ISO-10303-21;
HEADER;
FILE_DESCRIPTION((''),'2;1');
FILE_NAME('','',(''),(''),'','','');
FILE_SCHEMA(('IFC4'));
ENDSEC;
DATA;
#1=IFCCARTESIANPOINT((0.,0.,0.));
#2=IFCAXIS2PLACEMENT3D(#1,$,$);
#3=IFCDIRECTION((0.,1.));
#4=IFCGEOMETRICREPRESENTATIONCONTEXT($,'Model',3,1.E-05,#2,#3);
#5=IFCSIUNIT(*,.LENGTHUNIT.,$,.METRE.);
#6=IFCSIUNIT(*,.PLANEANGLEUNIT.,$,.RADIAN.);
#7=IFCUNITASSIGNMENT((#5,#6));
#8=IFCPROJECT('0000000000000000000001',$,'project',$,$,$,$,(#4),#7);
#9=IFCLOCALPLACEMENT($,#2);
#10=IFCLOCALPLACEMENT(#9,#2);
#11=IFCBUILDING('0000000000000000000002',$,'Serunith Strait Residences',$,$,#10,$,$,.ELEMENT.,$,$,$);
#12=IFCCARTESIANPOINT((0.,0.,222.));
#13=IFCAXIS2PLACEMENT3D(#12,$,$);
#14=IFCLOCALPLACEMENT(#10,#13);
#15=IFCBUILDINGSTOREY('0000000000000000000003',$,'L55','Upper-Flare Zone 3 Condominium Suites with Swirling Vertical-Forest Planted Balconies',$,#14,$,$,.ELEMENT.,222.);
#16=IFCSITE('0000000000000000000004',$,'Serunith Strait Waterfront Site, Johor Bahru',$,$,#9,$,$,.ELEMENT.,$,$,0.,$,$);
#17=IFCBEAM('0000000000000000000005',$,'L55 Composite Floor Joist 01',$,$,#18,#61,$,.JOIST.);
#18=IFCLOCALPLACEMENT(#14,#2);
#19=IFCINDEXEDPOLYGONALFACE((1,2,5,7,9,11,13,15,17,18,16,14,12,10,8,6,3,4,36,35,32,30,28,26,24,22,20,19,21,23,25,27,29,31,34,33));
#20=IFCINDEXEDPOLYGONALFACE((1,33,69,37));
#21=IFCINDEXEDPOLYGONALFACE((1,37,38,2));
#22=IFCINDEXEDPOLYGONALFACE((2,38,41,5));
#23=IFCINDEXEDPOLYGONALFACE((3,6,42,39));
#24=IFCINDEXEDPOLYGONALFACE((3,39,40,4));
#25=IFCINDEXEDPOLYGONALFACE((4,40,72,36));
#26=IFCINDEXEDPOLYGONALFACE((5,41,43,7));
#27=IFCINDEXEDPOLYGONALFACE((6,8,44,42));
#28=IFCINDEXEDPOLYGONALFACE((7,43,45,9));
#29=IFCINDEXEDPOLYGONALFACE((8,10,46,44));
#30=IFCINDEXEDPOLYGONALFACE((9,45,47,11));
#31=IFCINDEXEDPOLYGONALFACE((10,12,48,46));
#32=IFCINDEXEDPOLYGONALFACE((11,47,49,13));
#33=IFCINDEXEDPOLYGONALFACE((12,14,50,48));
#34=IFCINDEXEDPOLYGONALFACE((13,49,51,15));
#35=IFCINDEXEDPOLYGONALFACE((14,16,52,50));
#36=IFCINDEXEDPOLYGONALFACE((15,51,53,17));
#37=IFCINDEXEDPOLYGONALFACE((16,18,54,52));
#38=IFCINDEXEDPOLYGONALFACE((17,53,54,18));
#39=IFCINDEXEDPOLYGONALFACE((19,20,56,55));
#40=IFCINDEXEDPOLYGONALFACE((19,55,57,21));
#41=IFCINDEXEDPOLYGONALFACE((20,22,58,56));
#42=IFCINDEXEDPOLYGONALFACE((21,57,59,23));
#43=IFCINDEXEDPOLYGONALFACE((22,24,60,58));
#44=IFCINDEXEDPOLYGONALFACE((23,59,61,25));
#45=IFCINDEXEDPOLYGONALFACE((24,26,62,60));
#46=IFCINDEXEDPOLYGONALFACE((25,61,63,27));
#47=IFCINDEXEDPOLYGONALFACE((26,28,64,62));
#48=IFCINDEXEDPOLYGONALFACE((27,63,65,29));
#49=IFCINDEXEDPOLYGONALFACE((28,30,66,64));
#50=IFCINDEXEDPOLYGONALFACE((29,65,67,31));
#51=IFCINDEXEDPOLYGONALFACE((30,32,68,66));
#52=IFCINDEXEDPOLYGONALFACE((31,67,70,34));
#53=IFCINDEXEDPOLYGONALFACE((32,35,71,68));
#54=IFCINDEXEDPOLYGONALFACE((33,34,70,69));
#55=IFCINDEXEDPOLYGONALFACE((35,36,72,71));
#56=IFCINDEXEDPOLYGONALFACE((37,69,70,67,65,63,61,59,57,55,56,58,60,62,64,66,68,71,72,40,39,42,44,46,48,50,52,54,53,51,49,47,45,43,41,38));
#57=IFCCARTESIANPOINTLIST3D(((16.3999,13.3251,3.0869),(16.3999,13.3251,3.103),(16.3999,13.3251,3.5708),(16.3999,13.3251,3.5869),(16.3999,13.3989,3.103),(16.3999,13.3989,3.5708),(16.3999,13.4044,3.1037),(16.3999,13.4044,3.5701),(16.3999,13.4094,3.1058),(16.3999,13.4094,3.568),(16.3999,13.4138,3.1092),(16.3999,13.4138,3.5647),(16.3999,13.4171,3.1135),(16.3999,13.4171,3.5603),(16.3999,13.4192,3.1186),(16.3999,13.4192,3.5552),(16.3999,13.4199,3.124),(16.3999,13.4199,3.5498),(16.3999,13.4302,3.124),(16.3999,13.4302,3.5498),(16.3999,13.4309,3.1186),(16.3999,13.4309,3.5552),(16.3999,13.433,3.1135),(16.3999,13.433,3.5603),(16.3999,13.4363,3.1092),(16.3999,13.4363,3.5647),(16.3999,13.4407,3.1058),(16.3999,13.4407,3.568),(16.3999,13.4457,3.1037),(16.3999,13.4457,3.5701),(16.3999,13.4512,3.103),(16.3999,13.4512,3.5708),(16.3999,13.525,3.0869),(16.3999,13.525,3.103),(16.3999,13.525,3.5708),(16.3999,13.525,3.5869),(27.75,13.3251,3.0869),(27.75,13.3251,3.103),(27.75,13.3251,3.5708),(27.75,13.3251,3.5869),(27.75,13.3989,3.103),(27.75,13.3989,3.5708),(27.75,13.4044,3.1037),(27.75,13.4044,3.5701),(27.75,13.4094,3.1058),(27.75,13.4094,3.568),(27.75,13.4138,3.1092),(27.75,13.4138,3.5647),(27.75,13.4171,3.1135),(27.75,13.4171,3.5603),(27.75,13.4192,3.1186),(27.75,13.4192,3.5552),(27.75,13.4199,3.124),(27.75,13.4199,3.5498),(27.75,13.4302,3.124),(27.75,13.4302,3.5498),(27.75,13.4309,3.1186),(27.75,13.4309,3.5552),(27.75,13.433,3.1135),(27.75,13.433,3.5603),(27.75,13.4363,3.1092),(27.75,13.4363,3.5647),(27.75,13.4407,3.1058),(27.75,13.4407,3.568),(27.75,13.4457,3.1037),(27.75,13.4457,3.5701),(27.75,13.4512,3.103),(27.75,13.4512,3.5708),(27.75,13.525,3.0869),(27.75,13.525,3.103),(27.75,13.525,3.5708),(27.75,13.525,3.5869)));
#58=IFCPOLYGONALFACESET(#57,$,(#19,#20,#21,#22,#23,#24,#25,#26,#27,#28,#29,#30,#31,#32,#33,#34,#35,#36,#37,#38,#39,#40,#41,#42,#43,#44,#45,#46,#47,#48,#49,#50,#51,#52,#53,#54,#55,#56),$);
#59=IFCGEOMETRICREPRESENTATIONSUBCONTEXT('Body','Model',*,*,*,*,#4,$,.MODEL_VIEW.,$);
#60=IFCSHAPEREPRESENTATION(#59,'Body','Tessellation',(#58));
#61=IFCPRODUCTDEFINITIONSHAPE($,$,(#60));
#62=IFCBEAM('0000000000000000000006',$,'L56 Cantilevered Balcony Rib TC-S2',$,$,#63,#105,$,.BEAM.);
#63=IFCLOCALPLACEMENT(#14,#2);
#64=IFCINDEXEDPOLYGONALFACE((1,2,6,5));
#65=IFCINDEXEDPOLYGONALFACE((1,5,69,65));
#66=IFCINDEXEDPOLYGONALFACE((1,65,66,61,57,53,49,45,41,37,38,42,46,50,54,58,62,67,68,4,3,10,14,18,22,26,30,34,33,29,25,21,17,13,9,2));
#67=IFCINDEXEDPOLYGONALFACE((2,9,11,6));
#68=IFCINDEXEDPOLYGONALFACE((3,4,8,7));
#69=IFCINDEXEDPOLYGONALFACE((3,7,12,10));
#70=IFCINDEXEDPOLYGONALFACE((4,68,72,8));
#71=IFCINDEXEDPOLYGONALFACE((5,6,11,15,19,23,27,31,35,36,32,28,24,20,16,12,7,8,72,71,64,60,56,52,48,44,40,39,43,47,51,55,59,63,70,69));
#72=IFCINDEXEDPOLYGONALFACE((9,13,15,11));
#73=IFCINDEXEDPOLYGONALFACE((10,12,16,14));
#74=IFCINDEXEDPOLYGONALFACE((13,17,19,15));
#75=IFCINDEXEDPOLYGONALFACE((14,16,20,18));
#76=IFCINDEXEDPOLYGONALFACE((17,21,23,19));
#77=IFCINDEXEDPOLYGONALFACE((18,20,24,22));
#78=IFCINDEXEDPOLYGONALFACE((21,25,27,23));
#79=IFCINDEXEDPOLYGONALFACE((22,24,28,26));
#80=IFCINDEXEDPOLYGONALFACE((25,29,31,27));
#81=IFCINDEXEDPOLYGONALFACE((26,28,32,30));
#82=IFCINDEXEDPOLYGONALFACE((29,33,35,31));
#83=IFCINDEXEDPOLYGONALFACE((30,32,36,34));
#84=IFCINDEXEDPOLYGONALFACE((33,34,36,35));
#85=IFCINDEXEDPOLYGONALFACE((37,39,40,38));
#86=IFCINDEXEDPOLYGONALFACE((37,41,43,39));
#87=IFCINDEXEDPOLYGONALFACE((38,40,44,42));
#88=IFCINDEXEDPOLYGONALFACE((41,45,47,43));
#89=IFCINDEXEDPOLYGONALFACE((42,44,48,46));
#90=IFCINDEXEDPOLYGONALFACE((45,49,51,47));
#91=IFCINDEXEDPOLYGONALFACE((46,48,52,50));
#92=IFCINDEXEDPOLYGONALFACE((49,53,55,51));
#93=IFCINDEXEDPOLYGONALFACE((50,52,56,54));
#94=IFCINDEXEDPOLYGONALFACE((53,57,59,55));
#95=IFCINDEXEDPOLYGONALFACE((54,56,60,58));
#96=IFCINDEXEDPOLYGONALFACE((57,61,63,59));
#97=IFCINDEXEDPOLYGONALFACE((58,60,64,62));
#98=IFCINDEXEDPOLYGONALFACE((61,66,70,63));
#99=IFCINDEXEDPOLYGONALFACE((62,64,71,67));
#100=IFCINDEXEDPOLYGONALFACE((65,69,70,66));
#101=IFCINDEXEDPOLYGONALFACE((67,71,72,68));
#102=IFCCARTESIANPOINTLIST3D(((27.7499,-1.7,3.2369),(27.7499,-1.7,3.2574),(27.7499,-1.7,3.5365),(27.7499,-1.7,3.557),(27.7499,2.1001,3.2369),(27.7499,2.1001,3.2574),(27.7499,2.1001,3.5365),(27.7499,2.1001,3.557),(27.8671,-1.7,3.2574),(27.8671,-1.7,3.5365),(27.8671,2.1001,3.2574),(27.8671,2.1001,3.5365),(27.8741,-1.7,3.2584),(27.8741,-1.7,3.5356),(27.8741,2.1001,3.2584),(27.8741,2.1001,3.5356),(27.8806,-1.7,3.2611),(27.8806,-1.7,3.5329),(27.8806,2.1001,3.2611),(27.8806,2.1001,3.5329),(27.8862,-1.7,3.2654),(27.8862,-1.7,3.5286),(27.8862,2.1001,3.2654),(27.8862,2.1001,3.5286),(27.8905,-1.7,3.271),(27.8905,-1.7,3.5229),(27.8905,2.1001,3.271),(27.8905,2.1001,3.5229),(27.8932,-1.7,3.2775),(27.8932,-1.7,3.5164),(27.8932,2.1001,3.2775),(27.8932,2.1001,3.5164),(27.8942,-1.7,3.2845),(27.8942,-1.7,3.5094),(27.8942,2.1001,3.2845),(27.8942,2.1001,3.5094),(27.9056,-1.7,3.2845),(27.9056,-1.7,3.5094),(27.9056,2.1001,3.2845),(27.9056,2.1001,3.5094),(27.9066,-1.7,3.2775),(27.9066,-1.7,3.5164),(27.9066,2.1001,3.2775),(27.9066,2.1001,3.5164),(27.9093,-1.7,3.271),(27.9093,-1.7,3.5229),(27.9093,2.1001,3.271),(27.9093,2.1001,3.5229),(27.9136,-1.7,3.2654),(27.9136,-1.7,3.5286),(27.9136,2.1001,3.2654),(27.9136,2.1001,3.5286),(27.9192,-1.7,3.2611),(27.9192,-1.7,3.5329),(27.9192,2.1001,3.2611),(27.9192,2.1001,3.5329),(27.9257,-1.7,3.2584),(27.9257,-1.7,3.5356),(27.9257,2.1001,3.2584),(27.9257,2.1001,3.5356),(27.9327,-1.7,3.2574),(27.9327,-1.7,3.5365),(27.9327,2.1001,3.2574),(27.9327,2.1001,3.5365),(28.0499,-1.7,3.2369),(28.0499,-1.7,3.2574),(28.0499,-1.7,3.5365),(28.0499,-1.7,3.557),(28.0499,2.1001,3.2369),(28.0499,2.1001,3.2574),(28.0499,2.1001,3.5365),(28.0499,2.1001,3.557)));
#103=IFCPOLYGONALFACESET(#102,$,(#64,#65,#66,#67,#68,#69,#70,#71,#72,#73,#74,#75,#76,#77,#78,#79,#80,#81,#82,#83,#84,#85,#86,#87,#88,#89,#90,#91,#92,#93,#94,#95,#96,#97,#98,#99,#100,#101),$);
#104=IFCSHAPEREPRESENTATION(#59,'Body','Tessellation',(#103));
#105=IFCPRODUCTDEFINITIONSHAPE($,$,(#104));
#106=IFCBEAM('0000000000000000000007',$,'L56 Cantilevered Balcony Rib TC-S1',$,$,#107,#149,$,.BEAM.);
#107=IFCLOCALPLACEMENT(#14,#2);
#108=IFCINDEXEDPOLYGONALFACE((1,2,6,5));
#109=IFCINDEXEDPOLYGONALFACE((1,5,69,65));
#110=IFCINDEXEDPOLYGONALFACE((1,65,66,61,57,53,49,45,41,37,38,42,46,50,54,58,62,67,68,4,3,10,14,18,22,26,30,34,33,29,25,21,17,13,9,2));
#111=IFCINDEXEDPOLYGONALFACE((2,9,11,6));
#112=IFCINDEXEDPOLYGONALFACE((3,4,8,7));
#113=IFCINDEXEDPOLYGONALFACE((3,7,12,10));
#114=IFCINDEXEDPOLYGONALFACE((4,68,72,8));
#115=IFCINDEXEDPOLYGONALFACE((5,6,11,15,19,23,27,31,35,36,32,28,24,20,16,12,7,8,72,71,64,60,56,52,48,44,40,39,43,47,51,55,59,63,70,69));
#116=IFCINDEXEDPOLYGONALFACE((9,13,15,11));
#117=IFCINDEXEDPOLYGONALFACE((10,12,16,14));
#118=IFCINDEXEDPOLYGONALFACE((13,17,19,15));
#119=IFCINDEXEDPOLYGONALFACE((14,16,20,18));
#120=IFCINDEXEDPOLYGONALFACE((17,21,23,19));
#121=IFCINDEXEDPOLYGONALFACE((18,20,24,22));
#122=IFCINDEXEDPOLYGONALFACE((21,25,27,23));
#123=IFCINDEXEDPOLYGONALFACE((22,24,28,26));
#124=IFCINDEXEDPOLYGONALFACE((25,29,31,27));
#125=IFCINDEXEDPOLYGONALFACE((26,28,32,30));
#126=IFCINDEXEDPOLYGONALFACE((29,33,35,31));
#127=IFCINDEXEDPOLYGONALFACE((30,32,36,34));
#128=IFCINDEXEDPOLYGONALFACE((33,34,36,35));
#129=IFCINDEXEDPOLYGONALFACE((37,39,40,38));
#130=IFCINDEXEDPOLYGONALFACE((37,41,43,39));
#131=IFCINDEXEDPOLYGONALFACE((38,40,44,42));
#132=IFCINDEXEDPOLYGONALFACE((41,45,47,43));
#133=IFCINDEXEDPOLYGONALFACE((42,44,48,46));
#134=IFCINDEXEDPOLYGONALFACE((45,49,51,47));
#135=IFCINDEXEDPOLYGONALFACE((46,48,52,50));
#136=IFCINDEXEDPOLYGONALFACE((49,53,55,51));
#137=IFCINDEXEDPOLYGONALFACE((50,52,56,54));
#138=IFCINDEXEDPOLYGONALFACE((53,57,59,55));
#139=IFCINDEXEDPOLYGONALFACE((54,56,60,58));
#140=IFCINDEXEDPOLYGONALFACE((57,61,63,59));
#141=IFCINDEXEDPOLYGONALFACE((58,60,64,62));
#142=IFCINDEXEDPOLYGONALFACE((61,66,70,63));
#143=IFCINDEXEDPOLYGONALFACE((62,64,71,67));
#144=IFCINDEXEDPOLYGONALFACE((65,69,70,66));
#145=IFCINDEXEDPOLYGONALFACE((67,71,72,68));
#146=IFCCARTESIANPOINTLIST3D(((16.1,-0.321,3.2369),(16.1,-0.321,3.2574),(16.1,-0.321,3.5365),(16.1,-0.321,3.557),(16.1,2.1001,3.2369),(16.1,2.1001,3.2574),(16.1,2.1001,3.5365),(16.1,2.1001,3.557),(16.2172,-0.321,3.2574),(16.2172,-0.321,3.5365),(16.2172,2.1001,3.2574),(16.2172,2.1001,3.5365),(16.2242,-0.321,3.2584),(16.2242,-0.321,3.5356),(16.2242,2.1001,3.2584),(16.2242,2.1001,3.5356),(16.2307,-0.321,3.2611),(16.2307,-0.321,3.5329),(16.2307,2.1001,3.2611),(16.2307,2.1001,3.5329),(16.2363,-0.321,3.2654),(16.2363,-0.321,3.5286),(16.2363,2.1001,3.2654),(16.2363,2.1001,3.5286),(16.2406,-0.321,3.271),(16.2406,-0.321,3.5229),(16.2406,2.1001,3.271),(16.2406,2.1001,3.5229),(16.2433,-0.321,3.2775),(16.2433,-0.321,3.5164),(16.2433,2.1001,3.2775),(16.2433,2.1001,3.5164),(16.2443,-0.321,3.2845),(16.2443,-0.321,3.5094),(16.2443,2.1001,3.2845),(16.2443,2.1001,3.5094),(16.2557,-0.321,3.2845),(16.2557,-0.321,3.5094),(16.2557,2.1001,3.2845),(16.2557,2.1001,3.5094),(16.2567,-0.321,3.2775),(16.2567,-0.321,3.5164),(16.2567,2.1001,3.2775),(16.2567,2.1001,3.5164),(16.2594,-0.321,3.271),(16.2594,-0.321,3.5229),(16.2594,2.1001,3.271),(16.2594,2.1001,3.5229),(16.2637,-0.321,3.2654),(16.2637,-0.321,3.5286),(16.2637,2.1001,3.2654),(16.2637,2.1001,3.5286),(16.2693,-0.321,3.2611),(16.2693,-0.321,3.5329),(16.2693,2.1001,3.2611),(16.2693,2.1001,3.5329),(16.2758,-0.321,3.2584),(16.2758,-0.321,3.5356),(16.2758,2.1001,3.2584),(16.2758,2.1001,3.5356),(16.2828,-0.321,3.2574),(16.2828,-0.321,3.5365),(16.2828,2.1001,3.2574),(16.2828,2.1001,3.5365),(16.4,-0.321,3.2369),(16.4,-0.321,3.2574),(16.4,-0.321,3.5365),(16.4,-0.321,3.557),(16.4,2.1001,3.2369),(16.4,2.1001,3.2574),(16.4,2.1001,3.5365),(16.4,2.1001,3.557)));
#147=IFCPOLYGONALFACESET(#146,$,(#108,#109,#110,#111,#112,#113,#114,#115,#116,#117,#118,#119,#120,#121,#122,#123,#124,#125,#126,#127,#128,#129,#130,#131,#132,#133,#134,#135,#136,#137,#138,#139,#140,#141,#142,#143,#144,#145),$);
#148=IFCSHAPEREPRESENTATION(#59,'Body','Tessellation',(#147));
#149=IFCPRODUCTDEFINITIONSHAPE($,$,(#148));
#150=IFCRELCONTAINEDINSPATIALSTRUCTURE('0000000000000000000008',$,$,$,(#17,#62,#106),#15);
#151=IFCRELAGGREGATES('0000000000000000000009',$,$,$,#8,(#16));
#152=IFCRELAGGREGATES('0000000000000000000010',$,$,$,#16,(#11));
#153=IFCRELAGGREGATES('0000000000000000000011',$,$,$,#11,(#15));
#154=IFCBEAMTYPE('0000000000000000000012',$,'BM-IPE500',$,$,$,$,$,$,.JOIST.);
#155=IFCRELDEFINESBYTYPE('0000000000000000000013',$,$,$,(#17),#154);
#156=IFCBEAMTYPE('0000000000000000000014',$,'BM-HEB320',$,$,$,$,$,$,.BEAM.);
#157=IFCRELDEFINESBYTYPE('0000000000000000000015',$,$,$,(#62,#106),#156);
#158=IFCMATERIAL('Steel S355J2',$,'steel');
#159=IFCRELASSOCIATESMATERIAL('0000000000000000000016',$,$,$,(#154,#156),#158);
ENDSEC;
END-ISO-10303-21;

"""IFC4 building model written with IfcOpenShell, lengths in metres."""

from ifc_helpers import new_model, si_unit, direction, frame, origin, origin_2d, place, context, subcontext, project, spatial, i_section, extrude, source, transform, mapped, material, material_profile, profile_set, type_object, element, save


model = new_model("IFC4")

# Units and contexts
model_context = context("Model", 3, precision=1e-05, world=origin(), true_north=direction((0.0, 1.0)))
body_context = subcontext(model_context, "Body", "Model", "MODEL_VIEW")
ifc_project = project(units=[si_unit("LENGTHUNIT", "METRE"), si_unit("PLANEANGLEUNIT", "RADIAN")], contexts=[model_context])

# Site, building, storey
site_placement = place(None, origin())
site = spatial("IfcSite", under=ifc_project, at=site_placement, Name="Serunith Strait Waterfront Site, Johor Bahru", CompositionType="ELEMENT", RefElevation=0.0)
building_placement = place(site_placement, origin())
building = spatial("IfcBuilding", under=site, at=building_placement, Name="Serunith Strait Residences", CompositionType="ELEMENT")
storey_placement = place(building_placement, frame((0.0, 0.0, 222.0)))
storey = spatial("IfcBuildingStorey", under=building, at=storey_placement, Name="L55", Description="Upper-Flare Zone 3 Condominium Suites with Swirling Vertical-Forest Planted Balconies", CompositionType="ELEMENT", Elevation=222.0)

# Beams
ifc_material_1 = material(Name="Steel S355J2", Category="steel")
ifc_material_profile_1 = material_profile(ifc_material_1, i_section(OverallWidth=0.2, OverallDepth=0.5, WebThickness=0.0103, FlangeThickness=0.0161, FilletRadius=0.021, at=origin_2d()), Name="IPE 500")
ifc_profile_set_1 = profile_set([ifc_material_profile_1], Name="Steel S355J2")
beam_type_1 = type_object("IfcBeamType", Name="BM-IPE500", PredefinedType="JOIST", material=ifc_profile_set_1)
shared_shape_1 = source(origin(), body_context, "Body", "SweptSolid", [
    extrude(i_section(OverallWidth=0.2, OverallDepth=0.5, WebThickness=0.0103, FlangeThickness=0.0161, FilletRadius=0.021, at=origin_2d()), origin(), (0.0, 0.0, 1.0), 11.3501),
])
beam_1_placement = place(storey_placement, frame((16.3999, 13.425, 3.3369), z_axis=(1.0, 0.0, 0.0), x_axis=(0.0, 1.0, 0.0)))
element("IfcBeam", 1, at=beam_1_placement, inside=storey, type_object=beam_type_1, Name="L55 Composite Floor Joist 01", PredefinedType="JOIST", context=body_context, shape_type="MappedRepresentation", body=[
    mapped(shared_shape_1, transform((0.0, 0.0, 0.0), scale=1.0)),
])
ifc_material_profile_2 = material_profile(ifc_material_1, i_section(OverallWidth=0.3, OverallDepth=0.3201, WebThickness=0.0115, FlangeThickness=0.0205, FilletRadius=0.0271, at=origin_2d()), Name="HEB 320")
ifc_profile_set_2 = profile_set([ifc_material_profile_2], Name="Steel S355J2")
beam_type_2 = type_object("IfcBeamType", Name="BM-HEB320", PredefinedType="BEAM", material=ifc_profile_set_2)
shared_shape_2 = source(origin(), body_context, "Body", "SweptSolid", [
    extrude(i_section(OverallWidth=0.3, OverallDepth=0.3201, WebThickness=0.0115, FlangeThickness=0.0205, FilletRadius=0.0271, at=origin_2d()), origin(), (0.0, 0.0, 1.0), 3.8),
])
beam_2_placement = place(storey_placement, frame((27.8999, 2.1001, 3.397), z_axis=(0.0, -1.0, 0.0), x_axis=(1.0, 0.0, 0.0)))
element("IfcBeam", 2, at=beam_2_placement, inside=storey, type_object=beam_type_2, Name="L56 Cantilevered Balcony Rib TC-S2", PredefinedType="BEAM", context=body_context, shape_type="MappedRepresentation", body=[
    mapped(shared_shape_2, transform((0.0, 0.0, 0.0), scale=1.0)),
])
shared_shape_3 = source(origin(), body_context, "Body", "SweptSolid", [
    extrude(i_section(OverallWidth=0.3, OverallDepth=0.3201, WebThickness=0.0115, FlangeThickness=0.0205, FilletRadius=0.0271, at=origin_2d()), origin(), (0.0, 0.0, 1.0), 2.4211),
])
beam_3_placement = place(storey_placement, frame((16.25, 2.1001, 3.397), z_axis=(0.0, -1.0, 0.0), x_axis=(1.0, 0.0, 0.0)))
element("IfcBeam", 3, at=beam_3_placement, inside=storey, type_object=beam_type_2, Name="L56 Cantilevered Balcony Rib TC-S1", PredefinedType="BEAM", context=body_context, shape_type="MappedRepresentation", body=[
    mapped(shared_shape_3, transform((0.0, 0.0, 0.0), scale=1.0)),
])

save(model, "model.ifc")
